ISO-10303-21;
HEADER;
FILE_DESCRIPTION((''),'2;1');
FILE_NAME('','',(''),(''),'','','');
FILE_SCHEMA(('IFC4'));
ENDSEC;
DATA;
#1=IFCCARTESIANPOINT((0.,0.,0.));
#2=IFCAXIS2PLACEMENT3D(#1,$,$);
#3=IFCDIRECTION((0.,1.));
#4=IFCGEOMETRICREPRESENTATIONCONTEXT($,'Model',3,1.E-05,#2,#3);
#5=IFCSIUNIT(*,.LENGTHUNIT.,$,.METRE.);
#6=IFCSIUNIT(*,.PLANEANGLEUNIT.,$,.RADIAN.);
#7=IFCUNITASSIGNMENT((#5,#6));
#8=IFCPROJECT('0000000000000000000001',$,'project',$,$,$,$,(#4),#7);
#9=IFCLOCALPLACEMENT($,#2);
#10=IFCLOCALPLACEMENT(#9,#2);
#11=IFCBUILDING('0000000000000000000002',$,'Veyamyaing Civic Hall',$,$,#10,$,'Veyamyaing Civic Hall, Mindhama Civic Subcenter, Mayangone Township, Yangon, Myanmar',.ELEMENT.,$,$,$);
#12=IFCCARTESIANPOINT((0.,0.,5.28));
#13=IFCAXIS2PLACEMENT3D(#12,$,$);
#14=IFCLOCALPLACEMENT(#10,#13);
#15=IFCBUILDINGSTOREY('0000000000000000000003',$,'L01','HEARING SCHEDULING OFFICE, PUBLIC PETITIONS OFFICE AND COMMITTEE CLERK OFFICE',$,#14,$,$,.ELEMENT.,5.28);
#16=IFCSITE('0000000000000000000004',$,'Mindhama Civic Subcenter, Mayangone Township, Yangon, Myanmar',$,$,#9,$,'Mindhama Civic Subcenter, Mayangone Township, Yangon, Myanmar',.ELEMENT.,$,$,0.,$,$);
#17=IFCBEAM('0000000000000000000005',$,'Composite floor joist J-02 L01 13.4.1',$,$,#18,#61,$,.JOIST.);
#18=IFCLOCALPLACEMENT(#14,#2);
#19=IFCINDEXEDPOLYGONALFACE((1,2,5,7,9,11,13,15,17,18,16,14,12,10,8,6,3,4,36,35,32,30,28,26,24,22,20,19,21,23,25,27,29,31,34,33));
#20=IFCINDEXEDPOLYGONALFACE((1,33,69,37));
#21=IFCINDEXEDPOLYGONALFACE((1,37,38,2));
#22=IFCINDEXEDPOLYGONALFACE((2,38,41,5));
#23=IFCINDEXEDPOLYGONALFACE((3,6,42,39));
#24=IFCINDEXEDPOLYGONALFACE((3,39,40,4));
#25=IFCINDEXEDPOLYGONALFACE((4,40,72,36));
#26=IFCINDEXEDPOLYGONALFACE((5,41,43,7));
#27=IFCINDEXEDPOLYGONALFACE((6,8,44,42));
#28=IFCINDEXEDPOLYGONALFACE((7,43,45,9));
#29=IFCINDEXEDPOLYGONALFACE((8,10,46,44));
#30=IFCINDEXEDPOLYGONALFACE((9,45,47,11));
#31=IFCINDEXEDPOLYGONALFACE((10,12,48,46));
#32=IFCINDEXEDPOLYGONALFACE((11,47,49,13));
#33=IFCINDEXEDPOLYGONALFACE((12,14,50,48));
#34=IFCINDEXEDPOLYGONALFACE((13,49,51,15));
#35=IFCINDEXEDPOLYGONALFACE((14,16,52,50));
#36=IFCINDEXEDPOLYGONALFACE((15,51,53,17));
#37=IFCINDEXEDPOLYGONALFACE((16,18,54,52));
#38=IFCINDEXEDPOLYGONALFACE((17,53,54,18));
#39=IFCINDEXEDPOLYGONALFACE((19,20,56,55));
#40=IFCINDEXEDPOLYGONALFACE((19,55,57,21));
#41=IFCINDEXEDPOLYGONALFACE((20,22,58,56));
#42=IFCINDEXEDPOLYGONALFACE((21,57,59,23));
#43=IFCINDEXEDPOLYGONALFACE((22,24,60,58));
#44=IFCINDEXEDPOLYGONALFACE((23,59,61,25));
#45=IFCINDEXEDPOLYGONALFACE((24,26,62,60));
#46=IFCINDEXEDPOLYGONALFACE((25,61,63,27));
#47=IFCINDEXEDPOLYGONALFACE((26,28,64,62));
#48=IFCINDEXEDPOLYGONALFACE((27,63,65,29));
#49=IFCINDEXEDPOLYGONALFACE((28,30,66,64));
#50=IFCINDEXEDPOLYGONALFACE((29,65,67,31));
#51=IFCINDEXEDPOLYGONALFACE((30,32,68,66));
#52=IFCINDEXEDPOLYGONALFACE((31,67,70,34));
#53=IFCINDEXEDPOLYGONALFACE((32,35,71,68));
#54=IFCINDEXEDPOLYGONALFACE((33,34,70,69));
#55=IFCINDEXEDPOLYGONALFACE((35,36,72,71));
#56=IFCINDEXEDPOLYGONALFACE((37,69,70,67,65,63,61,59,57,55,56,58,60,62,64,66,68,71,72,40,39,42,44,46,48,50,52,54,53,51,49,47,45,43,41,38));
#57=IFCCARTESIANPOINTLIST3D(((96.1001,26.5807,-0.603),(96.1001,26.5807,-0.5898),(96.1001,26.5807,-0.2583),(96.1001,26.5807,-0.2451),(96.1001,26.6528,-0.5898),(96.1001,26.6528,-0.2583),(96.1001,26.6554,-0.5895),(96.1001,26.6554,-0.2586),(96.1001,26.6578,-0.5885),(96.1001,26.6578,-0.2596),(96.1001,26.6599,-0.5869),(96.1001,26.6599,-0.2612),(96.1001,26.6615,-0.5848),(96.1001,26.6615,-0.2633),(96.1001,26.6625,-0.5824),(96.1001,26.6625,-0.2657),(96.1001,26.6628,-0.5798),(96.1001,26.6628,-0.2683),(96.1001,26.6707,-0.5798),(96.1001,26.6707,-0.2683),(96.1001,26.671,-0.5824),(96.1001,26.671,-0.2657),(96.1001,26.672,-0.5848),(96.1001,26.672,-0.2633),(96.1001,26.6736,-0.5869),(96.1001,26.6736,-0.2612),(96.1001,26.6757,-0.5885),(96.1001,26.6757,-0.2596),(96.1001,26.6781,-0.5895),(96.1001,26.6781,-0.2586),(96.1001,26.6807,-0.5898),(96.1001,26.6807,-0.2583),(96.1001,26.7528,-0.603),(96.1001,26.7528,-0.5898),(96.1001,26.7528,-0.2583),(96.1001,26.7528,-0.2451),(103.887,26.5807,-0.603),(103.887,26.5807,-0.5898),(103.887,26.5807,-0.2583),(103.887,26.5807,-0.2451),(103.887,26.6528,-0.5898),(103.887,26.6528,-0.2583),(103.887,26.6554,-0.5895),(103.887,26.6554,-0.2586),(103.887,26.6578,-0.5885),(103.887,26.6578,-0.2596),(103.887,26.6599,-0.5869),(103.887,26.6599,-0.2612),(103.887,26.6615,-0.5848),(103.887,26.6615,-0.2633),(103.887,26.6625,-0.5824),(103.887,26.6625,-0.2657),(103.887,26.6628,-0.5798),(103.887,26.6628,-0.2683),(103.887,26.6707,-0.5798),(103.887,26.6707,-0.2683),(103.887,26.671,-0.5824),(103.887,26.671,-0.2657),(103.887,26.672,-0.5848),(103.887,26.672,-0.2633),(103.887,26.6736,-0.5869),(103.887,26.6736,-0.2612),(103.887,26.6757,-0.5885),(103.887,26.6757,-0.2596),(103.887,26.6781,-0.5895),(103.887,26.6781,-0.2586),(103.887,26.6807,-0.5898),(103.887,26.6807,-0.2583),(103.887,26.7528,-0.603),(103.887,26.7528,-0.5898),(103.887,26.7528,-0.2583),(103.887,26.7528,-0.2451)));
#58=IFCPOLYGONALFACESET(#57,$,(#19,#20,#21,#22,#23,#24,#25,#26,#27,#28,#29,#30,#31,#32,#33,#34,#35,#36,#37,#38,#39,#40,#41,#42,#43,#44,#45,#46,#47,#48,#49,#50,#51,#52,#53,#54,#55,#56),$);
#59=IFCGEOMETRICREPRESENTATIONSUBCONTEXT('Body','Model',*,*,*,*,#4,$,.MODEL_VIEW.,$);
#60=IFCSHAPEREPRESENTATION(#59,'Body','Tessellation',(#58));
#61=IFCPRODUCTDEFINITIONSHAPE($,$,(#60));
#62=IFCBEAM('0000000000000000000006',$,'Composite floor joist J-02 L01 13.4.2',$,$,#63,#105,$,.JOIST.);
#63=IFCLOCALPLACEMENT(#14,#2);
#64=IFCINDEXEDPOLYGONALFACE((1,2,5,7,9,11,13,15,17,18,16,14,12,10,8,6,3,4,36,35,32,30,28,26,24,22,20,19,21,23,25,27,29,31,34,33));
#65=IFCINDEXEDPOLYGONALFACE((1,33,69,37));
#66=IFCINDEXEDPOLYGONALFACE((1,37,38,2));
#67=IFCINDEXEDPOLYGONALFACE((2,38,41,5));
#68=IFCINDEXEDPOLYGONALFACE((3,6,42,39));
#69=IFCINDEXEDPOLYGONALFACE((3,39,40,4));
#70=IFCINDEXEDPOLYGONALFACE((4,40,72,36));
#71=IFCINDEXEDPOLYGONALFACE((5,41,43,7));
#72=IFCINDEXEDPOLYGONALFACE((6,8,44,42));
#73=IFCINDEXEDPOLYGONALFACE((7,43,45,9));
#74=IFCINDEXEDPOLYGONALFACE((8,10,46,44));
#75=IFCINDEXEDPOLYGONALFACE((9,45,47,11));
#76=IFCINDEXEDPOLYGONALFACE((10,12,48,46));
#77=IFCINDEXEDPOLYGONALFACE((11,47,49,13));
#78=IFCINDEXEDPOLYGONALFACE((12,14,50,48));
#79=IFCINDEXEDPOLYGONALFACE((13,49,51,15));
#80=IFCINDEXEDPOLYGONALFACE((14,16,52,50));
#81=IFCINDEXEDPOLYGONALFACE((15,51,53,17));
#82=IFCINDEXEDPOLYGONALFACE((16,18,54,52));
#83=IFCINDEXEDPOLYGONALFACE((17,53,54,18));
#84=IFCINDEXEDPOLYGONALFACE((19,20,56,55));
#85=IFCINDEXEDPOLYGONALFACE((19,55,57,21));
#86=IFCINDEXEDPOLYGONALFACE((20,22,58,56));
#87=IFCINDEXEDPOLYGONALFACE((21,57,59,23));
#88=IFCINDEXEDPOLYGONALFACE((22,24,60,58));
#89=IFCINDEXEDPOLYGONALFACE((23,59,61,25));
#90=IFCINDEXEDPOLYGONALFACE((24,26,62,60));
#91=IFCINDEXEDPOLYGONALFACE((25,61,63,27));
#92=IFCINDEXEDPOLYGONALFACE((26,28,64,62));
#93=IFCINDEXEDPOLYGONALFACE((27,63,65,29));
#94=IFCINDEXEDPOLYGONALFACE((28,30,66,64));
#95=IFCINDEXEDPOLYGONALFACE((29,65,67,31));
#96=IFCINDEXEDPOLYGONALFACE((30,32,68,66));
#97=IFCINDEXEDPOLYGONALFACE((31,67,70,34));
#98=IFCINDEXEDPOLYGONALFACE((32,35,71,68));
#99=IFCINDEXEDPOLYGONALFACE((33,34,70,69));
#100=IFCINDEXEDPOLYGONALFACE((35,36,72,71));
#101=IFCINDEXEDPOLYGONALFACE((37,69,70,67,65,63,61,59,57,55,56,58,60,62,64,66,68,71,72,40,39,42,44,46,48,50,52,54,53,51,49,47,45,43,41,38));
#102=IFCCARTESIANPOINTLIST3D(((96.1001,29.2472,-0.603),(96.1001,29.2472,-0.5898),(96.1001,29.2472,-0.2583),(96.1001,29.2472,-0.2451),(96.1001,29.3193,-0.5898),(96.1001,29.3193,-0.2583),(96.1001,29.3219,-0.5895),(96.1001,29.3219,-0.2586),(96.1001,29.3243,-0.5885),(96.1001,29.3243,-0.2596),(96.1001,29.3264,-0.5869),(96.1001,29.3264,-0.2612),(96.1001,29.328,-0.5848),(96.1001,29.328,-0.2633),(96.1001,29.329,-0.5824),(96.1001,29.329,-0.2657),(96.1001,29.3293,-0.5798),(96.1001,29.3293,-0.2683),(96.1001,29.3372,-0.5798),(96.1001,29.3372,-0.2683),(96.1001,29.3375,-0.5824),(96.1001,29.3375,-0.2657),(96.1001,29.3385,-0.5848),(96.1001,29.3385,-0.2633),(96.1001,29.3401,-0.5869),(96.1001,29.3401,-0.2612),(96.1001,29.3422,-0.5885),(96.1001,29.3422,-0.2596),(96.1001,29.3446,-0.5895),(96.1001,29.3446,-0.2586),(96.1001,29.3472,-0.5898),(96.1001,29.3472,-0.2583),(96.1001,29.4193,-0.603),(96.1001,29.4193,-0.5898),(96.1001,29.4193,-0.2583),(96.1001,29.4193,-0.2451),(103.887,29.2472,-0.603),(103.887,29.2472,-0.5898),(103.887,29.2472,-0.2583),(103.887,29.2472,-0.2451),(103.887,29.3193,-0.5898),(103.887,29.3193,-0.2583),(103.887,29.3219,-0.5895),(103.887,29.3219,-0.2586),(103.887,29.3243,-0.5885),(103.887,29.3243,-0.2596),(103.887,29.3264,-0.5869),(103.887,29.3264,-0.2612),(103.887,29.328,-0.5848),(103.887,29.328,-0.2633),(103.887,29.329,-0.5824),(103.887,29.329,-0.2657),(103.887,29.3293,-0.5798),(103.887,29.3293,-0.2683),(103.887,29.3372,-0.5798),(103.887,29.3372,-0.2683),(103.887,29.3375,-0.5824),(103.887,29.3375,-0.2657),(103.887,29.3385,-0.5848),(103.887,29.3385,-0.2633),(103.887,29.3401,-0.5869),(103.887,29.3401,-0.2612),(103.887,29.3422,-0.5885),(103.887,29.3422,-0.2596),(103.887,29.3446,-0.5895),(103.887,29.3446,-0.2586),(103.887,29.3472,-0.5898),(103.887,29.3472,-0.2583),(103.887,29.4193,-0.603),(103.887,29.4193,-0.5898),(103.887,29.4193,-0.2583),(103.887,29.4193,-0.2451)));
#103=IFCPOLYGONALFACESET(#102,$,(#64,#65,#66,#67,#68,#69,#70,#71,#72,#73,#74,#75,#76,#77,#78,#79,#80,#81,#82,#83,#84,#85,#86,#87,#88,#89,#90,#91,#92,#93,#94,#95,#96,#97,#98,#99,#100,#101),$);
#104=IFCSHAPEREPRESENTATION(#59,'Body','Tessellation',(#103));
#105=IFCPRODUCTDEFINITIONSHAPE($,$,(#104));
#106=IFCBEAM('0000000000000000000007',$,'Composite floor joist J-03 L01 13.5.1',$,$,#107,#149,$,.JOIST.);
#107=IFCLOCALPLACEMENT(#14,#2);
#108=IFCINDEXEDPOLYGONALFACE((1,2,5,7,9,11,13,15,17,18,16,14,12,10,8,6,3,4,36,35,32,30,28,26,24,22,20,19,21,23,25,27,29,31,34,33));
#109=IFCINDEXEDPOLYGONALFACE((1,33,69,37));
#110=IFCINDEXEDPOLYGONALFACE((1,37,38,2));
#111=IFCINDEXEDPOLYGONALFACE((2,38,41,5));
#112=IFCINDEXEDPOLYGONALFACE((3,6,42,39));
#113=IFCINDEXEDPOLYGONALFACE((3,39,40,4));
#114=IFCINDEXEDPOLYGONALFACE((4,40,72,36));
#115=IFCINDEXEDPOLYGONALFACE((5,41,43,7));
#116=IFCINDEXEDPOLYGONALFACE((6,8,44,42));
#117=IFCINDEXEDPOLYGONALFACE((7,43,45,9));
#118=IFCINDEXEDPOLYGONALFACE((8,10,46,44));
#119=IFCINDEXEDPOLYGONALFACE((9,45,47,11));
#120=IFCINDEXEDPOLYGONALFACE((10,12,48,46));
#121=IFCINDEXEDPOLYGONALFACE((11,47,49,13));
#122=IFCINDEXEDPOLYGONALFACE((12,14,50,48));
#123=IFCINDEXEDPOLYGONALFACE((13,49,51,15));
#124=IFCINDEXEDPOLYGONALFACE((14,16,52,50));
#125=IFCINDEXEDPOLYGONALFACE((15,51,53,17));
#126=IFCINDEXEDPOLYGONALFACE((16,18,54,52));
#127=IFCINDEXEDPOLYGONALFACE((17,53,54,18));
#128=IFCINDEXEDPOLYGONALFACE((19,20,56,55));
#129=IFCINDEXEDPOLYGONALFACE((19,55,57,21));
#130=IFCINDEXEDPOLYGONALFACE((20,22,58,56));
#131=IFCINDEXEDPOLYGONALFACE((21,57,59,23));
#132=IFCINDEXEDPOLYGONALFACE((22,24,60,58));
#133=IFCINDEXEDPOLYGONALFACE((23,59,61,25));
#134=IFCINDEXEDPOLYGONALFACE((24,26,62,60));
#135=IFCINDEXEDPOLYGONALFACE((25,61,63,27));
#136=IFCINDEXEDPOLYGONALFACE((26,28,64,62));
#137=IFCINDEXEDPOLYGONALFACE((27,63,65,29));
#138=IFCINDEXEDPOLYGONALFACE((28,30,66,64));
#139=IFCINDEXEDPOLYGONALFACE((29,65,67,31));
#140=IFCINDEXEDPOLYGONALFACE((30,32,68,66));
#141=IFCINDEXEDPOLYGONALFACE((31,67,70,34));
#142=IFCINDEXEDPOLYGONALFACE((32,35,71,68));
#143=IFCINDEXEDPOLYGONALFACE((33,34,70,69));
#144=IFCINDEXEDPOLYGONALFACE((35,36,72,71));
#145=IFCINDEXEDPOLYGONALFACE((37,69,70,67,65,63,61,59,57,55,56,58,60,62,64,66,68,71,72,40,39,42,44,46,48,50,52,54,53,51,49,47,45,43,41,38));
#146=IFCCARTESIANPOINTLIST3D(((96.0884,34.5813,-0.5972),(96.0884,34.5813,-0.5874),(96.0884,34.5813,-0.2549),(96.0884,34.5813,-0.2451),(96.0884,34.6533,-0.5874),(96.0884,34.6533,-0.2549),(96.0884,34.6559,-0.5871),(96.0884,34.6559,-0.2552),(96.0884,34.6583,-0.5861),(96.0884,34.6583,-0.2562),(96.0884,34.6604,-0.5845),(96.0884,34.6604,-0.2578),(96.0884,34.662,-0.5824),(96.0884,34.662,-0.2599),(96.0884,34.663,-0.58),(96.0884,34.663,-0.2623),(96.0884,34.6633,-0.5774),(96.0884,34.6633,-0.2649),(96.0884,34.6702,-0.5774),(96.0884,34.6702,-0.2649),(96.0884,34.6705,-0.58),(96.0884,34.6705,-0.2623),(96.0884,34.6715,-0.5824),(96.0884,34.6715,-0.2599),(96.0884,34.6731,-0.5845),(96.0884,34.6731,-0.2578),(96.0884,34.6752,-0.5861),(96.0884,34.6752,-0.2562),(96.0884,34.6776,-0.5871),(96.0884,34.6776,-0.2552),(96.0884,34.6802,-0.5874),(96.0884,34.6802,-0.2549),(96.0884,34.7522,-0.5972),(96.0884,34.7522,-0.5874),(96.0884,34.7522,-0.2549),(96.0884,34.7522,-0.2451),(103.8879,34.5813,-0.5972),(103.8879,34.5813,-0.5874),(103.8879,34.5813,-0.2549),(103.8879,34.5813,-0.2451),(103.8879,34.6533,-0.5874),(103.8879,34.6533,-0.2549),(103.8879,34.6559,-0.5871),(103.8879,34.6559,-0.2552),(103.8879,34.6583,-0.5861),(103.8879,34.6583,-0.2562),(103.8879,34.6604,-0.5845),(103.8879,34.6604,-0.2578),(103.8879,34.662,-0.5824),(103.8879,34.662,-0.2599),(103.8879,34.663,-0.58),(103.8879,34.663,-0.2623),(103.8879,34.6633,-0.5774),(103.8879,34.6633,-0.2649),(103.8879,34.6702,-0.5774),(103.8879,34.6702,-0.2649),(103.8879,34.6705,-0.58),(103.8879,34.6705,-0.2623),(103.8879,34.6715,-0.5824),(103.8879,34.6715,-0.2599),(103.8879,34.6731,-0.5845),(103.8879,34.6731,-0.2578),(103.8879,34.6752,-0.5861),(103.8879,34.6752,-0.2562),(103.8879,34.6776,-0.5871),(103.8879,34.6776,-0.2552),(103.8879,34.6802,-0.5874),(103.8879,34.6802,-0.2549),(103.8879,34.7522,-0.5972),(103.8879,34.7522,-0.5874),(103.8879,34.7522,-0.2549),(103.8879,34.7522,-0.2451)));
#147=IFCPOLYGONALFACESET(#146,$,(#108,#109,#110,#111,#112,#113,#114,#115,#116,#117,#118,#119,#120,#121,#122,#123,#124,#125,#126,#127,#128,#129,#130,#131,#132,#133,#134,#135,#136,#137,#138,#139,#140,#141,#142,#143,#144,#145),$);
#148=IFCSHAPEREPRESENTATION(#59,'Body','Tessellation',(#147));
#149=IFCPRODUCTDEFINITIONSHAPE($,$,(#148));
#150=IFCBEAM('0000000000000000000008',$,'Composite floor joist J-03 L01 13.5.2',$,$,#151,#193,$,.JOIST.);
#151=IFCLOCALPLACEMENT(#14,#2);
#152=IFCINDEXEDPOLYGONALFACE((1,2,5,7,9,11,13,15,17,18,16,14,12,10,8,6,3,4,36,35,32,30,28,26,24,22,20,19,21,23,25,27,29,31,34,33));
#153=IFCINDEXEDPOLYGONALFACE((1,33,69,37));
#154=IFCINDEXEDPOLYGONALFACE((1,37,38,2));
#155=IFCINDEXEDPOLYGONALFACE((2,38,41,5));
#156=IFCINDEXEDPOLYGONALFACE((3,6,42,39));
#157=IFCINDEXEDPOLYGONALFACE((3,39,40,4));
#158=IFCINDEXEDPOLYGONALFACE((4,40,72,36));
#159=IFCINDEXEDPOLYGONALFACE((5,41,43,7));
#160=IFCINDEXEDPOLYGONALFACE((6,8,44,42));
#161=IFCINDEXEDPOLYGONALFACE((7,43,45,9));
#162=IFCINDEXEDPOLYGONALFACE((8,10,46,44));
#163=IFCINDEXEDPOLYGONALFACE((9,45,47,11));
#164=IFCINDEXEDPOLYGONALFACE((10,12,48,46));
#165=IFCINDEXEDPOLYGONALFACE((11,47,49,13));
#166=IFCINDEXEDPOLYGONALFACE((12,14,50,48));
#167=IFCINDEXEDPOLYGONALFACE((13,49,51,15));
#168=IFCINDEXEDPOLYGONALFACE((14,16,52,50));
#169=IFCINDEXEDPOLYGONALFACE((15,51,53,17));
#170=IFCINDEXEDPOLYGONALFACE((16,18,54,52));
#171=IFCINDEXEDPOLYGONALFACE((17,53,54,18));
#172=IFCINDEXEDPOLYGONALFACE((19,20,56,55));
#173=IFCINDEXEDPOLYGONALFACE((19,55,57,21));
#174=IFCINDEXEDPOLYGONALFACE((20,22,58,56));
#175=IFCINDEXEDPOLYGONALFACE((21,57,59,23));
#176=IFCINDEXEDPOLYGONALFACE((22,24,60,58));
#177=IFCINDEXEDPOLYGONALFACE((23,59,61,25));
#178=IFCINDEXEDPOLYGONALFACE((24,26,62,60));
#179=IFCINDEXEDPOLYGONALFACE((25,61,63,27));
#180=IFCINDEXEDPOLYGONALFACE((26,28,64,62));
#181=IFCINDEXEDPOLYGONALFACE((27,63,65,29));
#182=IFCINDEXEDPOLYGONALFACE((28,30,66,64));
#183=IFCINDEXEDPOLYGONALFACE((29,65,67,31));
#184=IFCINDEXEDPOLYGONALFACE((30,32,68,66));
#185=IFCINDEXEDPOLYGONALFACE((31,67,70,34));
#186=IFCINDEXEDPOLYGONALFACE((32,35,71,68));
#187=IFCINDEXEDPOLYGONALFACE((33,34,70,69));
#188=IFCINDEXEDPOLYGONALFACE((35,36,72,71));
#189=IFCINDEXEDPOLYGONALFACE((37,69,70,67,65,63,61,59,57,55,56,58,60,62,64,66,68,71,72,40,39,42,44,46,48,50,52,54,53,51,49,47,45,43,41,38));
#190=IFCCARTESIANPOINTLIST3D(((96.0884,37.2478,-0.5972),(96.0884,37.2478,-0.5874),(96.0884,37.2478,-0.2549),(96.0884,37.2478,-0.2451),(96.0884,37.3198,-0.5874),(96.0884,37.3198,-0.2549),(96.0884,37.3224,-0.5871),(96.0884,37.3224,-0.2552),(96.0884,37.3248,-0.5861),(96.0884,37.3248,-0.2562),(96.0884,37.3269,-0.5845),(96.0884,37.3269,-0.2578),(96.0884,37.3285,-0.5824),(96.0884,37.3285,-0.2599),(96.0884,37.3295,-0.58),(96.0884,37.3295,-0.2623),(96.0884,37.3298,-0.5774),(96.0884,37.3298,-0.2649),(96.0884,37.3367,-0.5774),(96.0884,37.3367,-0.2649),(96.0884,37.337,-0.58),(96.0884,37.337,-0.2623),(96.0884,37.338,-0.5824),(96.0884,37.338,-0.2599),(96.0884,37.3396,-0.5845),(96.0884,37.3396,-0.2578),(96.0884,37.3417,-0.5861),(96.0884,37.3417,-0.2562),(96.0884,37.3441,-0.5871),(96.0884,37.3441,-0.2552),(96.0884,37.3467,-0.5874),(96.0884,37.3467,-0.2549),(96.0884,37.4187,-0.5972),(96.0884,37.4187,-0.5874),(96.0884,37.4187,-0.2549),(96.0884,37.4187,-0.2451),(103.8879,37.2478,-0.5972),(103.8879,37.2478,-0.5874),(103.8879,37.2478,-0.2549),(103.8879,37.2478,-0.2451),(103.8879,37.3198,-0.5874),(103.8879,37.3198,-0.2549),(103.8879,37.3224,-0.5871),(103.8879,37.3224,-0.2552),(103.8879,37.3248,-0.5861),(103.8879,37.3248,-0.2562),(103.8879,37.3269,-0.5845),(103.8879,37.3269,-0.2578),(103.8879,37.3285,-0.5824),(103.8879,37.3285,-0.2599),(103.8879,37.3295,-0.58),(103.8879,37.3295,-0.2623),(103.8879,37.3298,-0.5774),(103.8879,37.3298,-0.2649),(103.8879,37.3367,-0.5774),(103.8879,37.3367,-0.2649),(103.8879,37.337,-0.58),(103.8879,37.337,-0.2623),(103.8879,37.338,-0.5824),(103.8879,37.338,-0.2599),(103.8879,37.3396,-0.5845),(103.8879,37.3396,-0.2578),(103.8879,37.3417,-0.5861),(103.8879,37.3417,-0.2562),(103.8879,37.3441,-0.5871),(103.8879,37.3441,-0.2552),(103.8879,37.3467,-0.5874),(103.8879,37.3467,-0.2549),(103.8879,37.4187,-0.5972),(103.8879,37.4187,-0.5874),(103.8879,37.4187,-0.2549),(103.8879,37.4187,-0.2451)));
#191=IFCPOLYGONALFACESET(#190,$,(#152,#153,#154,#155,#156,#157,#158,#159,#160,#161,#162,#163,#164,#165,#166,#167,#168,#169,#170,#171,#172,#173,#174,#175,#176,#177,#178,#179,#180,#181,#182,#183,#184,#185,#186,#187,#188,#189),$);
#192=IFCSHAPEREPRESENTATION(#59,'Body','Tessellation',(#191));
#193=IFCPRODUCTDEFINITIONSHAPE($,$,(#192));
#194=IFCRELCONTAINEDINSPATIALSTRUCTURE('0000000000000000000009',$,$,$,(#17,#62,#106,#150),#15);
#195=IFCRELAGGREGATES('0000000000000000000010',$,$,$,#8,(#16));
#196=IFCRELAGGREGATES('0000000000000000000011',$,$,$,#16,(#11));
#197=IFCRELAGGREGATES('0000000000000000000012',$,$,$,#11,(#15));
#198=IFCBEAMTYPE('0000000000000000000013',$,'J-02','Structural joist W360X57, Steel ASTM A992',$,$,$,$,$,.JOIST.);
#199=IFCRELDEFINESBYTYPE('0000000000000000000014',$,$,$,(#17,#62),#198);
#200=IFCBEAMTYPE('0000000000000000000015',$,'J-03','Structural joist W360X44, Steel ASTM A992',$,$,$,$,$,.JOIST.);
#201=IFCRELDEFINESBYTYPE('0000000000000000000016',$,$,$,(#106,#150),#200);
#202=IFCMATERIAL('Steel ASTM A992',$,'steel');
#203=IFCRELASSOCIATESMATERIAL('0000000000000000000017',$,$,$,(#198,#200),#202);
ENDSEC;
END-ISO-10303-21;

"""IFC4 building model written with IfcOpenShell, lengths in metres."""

from ifc_helpers import new_model, si_unit, direction, frame, origin, origin_2d, place, context, subcontext, project, spatial, i_section, extrude, material, material_profile, profile_set, type_object, element, save


model = new_model("IFC4")

# Units and contexts
model_context = context("Model", 3, precision=1e-05, world=origin(), true_north=direction((0.0, 1.0)))
body_context = subcontext(model_context, "Body", "Model", "MODEL_VIEW")
ifc_project = project(units=[si_unit("LENGTHUNIT", "METRE"), si_unit("PLANEANGLEUNIT", "RADIAN")], contexts=[model_context])

# Site, building, storey
site_placement = place(None, origin())
site = spatial("IfcSite", under=ifc_project, at=site_placement, Name="Mindhama Civic Subcenter, Mayangone Township, Yangon, Myanmar", LongName="Mindhama Civic Subcenter, Mayangone Township, Yangon, Myanmar", CompositionType="ELEMENT", RefElevation=0.0)
building_placement = place(site_placement, origin())
building = spatial("IfcBuilding", under=site, at=building_placement, Name="Veyamyaing Civic Hall", LongName="Veyamyaing Civic Hall, Mindhama Civic Subcenter, Mayangone Township, Yangon, Myanmar", CompositionType="ELEMENT")
storey_placement = place(building_placement, frame((0.0, 0.0, 5.28)))
storey = spatial("IfcBuildingStorey", under=building, at=storey_placement, Name="L01", Description="HEARING SCHEDULING OFFICE, PUBLIC PETITIONS OFFICE AND COMMITTEE CLERK OFFICE", CompositionType="ELEMENT", Elevation=5.28)

# Shared definitions
ifc_material_1 = material(Name="Steel ASTM A992", Category="steel")

# Beams
ifc_material_profile_1 = material_profile(ifc_material_1, i_section(OverallWidth=0.1721, OverallDepth=0.3579, WebThickness=0.0078, FlangeThickness=0.0132, FilletRadius=0.01, at=origin_2d()), Name="W360X57")
ifc_profile_set_1 = profile_set([ifc_material_profile_1], Name="Steel ASTM A992")
beam_type_1 = type_object("IfcBeamType", Name="J-02", Description="Structural joist W360X57, Steel ASTM A992", PredefinedType="JOIST", material=ifc_profile_set_1)
for number, where, z_axis, x_axis, name in (
    (1, (96.1001, 26.6667, -0.4241), (1.0, 0.0, 0.0), (0.0, 1.0, 0.0), "Composite floor joist J-02 L01 13.4.1"),
    (2, (96.1001, 29.3333, -0.4241), (1.0, 0.0, 0.0), (0.0, 1.0, 0.0), "Composite floor joist J-02 L01 13.4.2"),
):
    element("IfcBeam", number, at=place(storey_placement, frame(where, z_axis=z_axis, x_axis=x_axis)), inside=storey, type_object=beam_type_1, Name=name, PredefinedType="JOIST", context=body_context, shape_type="SweptSolid", body=[
        extrude(i_section(OverallWidth=0.1721, OverallDepth=0.3579, WebThickness=0.0078, FlangeThickness=0.0132, FilletRadius=0.01, at=origin_2d()), origin(), (0.0, 0.0, 1.0), 7.7869),
    ])
ifc_material_profile_2 = material_profile(ifc_material_1, i_section(OverallWidth=0.1709, OverallDepth=0.3521, WebThickness=0.0068, FlangeThickness=0.0098, FilletRadius=0.01, at=origin_2d()), Name="W360X44")
ifc_profile_set_2 = profile_set([ifc_material_profile_2], Name="Steel ASTM A992")
beam_type_2 = type_object("IfcBeamType", Name="J-03", Description="Structural joist W360X44, Steel ASTM A992", PredefinedType="JOIST", material=ifc_profile_set_2)
for number, where, z_axis, x_axis, name in (
    (3, (96.0884, 34.6667, -0.4211), (1.0, 0.0, 0.0), (0.0, 1.0, 0.0), "Composite floor joist J-03 L01 13.5.1"),
    (4, (96.0884, 37.3333, -0.4211), (1.0, 0.0, 0.0), (0.0, 1.0, 0.0), "Composite floor joist J-03 L01 13.5.2"),
):
    element("IfcBeam", number, at=place(storey_placement, frame(where, z_axis=z_axis, x_axis=x_axis)), inside=storey, type_object=beam_type_2, Name=name, PredefinedType="JOIST", context=body_context, shape_type="SweptSolid", body=[
        extrude(i_section(OverallWidth=0.1709, OverallDepth=0.3521, WebThickness=0.0068, FlangeThickness=0.0098, FilletRadius=0.01, at=origin_2d()), origin(), (0.0, 0.0, 1.0), 7.7996),
    ])

save(model, "model.ifc")
